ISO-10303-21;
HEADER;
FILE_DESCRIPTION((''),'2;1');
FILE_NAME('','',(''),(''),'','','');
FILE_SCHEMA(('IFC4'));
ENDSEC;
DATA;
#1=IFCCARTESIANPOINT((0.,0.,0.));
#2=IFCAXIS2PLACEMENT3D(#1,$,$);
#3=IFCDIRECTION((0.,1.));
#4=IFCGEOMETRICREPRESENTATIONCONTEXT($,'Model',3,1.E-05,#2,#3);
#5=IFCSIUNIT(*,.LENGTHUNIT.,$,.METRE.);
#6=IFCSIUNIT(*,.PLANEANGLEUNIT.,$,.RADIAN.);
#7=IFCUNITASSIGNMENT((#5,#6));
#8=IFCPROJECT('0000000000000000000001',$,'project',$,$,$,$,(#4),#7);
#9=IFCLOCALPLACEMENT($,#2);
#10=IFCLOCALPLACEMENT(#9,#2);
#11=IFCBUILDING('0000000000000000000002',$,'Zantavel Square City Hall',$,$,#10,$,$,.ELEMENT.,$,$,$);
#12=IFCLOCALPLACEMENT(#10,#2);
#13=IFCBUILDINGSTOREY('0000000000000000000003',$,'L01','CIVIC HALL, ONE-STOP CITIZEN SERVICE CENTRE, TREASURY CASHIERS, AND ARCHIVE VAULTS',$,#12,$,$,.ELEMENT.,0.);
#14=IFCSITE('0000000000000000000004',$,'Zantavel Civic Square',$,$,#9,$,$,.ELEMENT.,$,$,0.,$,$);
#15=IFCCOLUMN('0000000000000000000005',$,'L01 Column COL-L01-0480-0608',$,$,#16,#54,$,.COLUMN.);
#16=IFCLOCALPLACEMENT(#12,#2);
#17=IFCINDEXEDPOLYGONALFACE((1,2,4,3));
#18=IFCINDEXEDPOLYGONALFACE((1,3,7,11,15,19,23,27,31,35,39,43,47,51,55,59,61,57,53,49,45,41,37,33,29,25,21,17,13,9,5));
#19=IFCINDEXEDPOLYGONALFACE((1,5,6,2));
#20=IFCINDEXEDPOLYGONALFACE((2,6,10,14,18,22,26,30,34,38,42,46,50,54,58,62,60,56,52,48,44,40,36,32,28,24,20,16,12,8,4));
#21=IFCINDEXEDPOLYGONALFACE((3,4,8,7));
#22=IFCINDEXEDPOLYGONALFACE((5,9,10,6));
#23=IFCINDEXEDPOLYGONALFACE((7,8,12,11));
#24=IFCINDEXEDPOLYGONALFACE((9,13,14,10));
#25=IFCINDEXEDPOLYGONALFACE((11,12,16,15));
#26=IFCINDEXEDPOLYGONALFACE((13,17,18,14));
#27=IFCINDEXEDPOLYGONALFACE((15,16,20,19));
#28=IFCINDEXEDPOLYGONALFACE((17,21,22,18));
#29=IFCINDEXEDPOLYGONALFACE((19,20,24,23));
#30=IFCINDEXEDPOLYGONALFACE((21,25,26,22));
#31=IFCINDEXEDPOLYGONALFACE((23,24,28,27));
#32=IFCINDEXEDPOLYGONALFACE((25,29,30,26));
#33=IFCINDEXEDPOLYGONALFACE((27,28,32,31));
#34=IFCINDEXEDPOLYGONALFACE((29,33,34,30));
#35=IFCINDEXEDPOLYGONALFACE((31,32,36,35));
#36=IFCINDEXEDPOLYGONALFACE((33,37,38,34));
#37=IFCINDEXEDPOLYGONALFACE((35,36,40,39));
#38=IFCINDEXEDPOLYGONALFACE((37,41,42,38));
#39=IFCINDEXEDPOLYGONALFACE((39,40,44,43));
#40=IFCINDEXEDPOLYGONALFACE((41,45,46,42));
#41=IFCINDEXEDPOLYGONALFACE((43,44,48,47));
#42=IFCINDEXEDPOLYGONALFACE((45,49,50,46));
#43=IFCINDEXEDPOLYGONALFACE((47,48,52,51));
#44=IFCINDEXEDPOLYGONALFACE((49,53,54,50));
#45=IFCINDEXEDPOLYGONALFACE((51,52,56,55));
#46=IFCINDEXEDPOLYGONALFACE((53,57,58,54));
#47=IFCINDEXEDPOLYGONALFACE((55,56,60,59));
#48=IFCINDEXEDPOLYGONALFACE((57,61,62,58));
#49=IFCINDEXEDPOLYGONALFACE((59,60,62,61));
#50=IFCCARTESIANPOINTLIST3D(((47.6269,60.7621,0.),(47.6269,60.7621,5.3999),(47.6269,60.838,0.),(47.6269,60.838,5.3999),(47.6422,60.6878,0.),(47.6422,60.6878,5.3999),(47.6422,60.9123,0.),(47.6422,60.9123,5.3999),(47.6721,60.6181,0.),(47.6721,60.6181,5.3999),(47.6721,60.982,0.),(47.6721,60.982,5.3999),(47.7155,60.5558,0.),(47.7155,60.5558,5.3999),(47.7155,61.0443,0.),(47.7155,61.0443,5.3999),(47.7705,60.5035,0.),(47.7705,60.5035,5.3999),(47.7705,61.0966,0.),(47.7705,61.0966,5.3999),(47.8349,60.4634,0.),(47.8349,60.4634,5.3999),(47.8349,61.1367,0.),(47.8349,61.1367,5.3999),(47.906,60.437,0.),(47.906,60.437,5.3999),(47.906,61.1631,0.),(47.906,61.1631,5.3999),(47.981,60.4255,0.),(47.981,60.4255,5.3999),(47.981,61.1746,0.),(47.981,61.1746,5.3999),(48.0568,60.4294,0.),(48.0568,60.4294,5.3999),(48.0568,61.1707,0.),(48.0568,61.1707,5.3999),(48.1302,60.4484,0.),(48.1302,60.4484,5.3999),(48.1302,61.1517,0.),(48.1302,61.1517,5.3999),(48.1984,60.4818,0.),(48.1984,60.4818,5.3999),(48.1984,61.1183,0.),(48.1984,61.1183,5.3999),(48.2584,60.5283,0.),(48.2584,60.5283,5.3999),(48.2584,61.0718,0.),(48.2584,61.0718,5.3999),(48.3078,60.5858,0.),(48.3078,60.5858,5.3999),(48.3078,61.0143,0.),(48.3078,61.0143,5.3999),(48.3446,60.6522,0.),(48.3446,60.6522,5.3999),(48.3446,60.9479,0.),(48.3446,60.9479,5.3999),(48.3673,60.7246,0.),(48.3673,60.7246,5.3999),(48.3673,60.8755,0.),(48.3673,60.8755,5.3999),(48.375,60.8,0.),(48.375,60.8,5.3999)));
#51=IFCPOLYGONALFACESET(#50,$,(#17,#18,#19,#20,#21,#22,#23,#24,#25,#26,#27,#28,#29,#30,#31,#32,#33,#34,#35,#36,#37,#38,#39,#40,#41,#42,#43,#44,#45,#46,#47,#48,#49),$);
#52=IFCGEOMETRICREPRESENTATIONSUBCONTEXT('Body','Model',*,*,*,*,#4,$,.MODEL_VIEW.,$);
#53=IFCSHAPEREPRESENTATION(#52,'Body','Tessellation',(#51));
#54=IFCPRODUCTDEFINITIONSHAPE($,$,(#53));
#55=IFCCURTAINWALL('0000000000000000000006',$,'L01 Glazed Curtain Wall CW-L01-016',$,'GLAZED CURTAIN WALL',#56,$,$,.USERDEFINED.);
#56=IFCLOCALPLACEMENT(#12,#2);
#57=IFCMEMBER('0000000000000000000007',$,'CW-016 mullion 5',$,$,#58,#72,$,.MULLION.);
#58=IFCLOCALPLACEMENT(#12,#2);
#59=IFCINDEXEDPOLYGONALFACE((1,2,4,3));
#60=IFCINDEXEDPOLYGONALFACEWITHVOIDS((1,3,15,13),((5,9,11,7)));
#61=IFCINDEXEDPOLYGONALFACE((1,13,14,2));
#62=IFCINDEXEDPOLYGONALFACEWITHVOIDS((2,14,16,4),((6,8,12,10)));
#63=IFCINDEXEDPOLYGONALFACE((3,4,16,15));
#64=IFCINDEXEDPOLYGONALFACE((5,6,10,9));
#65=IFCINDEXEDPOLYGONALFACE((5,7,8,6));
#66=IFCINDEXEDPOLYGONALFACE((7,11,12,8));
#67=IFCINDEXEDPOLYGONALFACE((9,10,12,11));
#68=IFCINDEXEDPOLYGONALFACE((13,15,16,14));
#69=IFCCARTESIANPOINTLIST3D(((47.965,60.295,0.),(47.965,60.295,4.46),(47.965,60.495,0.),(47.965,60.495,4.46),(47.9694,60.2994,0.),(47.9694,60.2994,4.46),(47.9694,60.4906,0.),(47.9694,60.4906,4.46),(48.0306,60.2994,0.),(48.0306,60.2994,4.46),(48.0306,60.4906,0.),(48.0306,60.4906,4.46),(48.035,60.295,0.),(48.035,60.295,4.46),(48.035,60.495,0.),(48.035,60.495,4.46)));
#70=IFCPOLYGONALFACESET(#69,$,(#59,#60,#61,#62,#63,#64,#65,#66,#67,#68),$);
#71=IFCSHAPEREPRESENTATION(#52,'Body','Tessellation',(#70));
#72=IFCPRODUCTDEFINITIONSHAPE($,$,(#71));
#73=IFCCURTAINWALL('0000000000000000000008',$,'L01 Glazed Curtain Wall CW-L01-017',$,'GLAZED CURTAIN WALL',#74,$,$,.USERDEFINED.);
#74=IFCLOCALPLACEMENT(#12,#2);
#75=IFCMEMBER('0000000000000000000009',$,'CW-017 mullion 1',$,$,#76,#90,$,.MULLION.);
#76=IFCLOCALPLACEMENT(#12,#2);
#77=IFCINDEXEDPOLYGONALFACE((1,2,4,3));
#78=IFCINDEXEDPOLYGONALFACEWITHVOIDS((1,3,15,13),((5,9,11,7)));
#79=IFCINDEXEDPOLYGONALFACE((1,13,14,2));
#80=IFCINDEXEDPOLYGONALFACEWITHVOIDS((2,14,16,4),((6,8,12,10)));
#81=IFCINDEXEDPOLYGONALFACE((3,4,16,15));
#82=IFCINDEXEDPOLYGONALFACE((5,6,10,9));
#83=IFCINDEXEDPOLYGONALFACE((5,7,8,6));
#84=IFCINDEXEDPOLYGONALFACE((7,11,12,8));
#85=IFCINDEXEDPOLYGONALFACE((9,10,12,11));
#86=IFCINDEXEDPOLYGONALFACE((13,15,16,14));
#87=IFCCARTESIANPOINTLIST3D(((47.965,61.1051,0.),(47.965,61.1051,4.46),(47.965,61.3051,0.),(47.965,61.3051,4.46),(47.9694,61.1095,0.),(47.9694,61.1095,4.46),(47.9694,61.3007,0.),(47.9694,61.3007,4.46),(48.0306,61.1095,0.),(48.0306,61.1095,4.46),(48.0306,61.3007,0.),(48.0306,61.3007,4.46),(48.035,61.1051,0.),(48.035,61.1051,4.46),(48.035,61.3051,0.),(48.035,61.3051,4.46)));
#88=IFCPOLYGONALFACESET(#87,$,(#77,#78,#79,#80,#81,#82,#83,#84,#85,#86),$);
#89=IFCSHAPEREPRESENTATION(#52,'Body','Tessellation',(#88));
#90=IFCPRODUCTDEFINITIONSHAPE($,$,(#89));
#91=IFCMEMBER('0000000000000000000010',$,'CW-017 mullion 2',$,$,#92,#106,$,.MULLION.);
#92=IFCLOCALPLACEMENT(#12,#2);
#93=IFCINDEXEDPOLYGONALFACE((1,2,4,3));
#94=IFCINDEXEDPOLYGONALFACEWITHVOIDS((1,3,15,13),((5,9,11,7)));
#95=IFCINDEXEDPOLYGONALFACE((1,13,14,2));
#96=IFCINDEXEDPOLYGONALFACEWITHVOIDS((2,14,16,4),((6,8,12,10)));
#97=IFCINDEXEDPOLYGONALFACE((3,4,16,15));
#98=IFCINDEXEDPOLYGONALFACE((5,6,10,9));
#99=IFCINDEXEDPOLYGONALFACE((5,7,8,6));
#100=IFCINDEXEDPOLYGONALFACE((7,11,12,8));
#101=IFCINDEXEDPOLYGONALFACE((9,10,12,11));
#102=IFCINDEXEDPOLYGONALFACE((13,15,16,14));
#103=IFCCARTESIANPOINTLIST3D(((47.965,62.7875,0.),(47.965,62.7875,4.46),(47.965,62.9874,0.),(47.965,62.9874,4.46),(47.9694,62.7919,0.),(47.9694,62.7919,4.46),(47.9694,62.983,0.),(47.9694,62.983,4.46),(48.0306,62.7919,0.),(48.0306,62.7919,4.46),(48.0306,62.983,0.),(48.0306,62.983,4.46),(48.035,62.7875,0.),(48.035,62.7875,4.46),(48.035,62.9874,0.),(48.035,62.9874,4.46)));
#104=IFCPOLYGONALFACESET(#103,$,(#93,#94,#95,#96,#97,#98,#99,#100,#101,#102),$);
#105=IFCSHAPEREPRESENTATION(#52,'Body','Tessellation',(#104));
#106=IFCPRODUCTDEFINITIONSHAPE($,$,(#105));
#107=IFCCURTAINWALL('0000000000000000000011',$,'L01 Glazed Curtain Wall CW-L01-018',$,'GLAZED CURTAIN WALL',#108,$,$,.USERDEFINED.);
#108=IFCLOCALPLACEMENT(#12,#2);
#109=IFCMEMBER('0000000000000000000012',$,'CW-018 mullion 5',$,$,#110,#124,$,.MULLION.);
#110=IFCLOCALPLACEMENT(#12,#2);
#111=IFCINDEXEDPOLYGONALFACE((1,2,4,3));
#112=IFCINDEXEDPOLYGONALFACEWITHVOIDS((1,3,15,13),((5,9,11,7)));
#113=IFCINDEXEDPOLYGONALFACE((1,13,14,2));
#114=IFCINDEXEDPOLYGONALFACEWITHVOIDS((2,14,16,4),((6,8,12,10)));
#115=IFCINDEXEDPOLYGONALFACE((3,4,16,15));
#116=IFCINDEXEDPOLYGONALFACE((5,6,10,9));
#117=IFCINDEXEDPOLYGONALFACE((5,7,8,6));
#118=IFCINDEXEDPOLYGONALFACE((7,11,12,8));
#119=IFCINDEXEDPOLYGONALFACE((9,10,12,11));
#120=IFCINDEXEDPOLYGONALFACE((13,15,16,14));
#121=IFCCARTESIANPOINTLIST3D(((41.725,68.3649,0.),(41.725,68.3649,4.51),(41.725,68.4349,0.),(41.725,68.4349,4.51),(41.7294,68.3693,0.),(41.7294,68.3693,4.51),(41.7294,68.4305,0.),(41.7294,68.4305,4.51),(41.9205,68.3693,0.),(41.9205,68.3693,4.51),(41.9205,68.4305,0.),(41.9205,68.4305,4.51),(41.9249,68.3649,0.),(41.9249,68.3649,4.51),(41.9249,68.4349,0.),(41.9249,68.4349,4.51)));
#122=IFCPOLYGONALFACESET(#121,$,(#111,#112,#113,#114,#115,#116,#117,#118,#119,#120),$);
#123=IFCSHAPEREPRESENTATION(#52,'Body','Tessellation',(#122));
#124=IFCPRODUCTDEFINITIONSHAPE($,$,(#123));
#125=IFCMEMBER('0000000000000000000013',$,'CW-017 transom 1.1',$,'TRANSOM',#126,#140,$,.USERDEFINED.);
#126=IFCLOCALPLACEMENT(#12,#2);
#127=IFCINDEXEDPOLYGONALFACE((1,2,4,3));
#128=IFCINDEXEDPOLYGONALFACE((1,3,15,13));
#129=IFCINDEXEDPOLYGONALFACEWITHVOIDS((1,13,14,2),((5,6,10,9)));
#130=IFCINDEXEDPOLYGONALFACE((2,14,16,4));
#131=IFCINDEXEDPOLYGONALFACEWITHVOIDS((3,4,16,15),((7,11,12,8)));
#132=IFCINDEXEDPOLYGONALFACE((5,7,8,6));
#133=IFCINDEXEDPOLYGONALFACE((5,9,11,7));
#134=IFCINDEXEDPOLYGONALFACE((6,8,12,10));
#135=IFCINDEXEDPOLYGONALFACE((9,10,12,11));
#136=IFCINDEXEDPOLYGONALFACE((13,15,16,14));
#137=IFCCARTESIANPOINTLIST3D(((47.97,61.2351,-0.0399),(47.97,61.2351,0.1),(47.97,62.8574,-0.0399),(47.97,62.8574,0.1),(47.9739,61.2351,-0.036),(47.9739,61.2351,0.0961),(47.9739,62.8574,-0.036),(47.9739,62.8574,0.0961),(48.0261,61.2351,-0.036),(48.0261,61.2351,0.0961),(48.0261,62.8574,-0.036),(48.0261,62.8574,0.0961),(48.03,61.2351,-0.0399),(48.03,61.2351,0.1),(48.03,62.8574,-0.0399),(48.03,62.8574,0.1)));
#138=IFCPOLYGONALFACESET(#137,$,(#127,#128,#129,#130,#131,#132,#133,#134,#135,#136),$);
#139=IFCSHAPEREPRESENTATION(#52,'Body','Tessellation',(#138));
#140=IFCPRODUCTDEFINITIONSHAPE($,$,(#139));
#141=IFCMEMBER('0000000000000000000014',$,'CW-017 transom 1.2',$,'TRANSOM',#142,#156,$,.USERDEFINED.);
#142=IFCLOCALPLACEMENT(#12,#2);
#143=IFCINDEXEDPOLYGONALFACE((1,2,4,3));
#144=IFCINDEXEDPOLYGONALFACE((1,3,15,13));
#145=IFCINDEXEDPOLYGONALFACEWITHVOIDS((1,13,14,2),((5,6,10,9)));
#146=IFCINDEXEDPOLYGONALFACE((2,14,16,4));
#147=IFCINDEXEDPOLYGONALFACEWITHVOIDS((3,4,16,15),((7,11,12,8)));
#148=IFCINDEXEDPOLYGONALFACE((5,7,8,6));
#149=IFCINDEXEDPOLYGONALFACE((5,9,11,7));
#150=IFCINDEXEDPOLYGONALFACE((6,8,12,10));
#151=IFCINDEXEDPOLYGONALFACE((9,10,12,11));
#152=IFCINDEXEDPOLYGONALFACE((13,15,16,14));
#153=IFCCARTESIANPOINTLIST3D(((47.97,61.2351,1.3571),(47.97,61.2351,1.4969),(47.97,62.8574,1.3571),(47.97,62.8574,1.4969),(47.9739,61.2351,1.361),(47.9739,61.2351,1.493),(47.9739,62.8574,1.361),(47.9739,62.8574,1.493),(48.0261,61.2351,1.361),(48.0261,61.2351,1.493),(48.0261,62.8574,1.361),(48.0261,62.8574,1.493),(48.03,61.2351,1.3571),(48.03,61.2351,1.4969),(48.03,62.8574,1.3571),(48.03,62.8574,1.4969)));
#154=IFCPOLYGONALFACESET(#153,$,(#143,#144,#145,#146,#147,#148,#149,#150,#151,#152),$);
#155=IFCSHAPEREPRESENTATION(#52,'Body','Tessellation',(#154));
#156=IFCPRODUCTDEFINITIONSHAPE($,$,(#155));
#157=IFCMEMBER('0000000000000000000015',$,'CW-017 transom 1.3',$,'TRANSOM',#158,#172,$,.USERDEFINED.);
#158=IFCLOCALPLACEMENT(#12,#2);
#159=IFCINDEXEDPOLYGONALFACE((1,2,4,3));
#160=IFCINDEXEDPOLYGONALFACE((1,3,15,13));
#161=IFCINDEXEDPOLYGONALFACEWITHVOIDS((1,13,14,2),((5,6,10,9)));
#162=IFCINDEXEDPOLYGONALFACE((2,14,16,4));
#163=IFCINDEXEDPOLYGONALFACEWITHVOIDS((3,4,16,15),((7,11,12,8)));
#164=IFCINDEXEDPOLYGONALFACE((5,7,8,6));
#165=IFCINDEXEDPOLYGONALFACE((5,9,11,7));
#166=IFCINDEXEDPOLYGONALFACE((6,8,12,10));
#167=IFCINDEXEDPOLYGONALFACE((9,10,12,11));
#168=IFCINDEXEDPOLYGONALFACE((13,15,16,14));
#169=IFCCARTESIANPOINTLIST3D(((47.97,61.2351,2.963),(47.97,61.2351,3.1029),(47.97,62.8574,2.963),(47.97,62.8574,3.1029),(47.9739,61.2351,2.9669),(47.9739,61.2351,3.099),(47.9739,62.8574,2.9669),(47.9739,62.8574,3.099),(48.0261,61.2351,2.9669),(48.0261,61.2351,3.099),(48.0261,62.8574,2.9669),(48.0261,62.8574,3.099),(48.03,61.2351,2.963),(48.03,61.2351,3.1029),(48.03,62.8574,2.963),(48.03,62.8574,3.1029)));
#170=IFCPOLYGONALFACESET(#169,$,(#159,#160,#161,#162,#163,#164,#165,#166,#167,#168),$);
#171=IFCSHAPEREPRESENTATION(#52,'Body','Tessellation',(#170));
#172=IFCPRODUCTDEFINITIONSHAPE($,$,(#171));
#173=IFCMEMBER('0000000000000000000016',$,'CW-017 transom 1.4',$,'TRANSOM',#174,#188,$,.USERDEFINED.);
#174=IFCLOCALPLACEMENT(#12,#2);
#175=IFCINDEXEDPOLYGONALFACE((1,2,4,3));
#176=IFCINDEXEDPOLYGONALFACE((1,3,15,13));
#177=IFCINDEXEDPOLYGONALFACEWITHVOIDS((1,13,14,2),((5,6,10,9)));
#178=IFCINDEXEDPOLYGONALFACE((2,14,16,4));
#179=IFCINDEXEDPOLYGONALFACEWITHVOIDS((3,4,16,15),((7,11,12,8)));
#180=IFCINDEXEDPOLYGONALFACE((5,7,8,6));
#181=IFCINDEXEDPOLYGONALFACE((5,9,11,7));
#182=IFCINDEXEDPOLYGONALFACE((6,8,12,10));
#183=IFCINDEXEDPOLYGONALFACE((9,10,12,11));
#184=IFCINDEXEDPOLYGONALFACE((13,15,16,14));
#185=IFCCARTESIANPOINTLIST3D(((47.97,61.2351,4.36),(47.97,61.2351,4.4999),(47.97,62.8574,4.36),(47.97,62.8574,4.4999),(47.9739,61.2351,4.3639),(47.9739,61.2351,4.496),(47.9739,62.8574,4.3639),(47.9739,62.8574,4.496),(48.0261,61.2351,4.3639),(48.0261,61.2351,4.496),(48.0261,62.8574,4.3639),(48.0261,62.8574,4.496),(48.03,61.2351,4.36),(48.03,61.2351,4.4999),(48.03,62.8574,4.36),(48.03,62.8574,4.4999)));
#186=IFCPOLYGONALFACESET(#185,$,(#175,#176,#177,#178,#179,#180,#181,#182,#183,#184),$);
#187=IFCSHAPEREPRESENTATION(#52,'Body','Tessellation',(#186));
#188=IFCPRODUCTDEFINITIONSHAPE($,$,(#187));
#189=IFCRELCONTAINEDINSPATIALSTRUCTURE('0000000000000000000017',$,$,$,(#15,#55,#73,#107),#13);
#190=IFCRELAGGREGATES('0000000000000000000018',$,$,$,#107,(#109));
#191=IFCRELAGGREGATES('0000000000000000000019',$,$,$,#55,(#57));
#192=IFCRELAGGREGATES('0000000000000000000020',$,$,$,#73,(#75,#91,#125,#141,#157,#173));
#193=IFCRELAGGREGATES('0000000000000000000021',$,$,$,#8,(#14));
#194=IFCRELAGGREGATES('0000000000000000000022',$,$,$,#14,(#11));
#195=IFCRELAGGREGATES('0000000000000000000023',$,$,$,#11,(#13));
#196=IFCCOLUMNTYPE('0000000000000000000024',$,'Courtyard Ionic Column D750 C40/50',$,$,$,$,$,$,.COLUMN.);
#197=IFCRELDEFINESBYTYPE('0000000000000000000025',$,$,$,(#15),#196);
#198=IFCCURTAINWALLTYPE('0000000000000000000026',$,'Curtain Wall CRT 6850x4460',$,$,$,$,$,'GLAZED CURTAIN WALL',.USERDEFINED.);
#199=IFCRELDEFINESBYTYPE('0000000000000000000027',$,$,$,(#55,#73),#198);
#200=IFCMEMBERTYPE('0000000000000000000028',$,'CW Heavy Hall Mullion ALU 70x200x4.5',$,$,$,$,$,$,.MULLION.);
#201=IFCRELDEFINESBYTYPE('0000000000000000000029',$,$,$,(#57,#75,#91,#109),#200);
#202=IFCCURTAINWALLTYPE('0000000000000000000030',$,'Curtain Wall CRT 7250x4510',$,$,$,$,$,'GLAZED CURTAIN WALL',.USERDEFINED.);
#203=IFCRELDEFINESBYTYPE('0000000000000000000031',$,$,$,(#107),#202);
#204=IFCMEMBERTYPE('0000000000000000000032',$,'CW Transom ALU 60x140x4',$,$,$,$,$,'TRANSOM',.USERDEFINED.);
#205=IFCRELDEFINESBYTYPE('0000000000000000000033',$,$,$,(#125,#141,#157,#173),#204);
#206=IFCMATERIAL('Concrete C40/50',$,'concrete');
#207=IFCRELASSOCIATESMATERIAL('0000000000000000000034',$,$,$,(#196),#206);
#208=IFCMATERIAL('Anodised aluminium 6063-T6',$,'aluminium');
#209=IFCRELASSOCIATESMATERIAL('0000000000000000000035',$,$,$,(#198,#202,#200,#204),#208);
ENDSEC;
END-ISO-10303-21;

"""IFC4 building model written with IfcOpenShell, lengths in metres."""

from ifc_helpers import new_model, si_unit, direction, frame, origin, origin_2d, place, context, subcontext, project, spatial, hollow_rectangle, circle, extrude, material, material_profile, profile_set, type_object, element, aggregate, save


model = new_model("IFC4")

# Units and contexts
model_context = context("Model", 3, precision=1e-05, world=origin(), true_north=direction((0.0, 1.0)))
body_context = subcontext(model_context, "Body", "Model", "MODEL_VIEW")
ifc_project = project(units=[si_unit("LENGTHUNIT", "METRE"), si_unit("PLANEANGLEUNIT", "RADIAN")], contexts=[model_context])

# Site, building, storey
site_placement = place(None, origin())
site = spatial("IfcSite", under=ifc_project, at=site_placement, Name="Zantavel Civic Square", CompositionType="ELEMENT", RefElevation=0.0)
building_placement = place(site_placement, origin())
building = spatial("IfcBuilding", under=site, at=building_placement, Name="Zantavel Square City Hall", CompositionType="ELEMENT")
storey_placement = place(building_placement, origin())
storey = spatial("IfcBuildingStorey", under=building, at=storey_placement, Name="L01", Description="CIVIC HALL, ONE-STOP CITIZEN SERVICE CENTRE, TREASURY CASHIERS, AND ARCHIVE VAULTS", CompositionType="ELEMENT", Elevation=0.0)

# Column
ifc_material_1 = material(Name="Concrete C40/50", Category="concrete")
ifc_material_profile_1 = material_profile(ifc_material_1, circle(Radius=0.375, at=origin_2d()), Name="ROUND D750")
ifc_profile_set_1 = profile_set([ifc_material_profile_1], Name="Concrete C40/50")
column_type = type_object("IfcColumnType", Name="Courtyard Ionic Column D750 C40/50", PredefinedType="COLUMN", material=ifc_profile_set_1)
column_placement = place(storey_placement, frame((48.0, 60.8, 0.0), z_axis=(0.0, 0.0, 1.0), x_axis=(1.0, 0.0, 0.0)))
element("IfcColumn", 1, at=column_placement, inside=storey, type_object=column_type, Name="L01 Column COL-L01-0480-0608", PredefinedType="COLUMN", context=body_context, shape_type="SweptSolid", body=[
    extrude(circle(Radius=0.375, at=origin_2d()), origin(), (0.0, 0.0, 1.0), 5.3999),
])

# Curtain wall, member
ifc_material_2 = material(Name="Anodised aluminium 6063-T6", Category="aluminium")
curtain_wall_type_1 = type_object("IfcCurtainWallType", Name="Curtain Wall CRT 6850x4460", ElementType="GLAZED CURTAIN WALL", PredefinedType="USERDEFINED", material=ifc_material_2)
curtain_wall_1_placement = place(storey_placement, origin())
curtain_wall_1 = element("IfcCurtainWall", 2, at=curtain_wall_1_placement, inside=storey, type_object=curtain_wall_type_1, Name="L01 Glazed Curtain Wall CW-L01-016", ObjectType="GLAZED CURTAIN WALL", PredefinedType="USERDEFINED")
ifc_material_profile_2 = material_profile(ifc_material_2, hollow_rectangle(XDim=0.0701, YDim=0.2, WallThickness=0.0044, at=origin_2d()), Name="ALU 70x200x4.5")
ifc_profile_set_2 = profile_set([ifc_material_profile_2], Name="Anodised aluminium 6063-T6")
member_type_1 = type_object("IfcMemberType", Name="CW Heavy Hall Mullion ALU 70x200x4.5", PredefinedType="MULLION", material=ifc_profile_set_2)
member_1_placement = place(storey_placement, frame((48.0, 60.395, 0.0), z_axis=(0.0, 0.0, 1.0), x_axis=(-1.0, 0.0, 0.0)))
member_1 = element("IfcMember", 3, at=member_1_placement, type_object=member_type_1, Name="CW-016 mullion 5", PredefinedType="MULLION", context=body_context, shape_type="SweptSolid", body=[
    extrude(hollow_rectangle(XDim=0.0701, YDim=0.2, WallThickness=0.0044, at=origin_2d()), origin(), (0.0, 0.0, 1.0), 4.46),
])

# Curtain wall, members
curtain_wall_2_placement = place(storey_placement, origin())
curtain_wall_2 = element("IfcCurtainWall", 4, at=curtain_wall_2_placement, inside=storey, type_object=curtain_wall_type_1, Name="L01 Glazed Curtain Wall CW-L01-017", ObjectType="GLAZED CURTAIN WALL", PredefinedType="USERDEFINED")
member_2_placement = place(storey_placement, frame((48.0, 61.2051, 0.0), z_axis=(0.0, 0.0, 1.0), x_axis=(-1.0, 0.0, 0.0)))
member_2 = element("IfcMember", 5, at=member_2_placement, type_object=member_type_1, Name="CW-017 mullion 1", PredefinedType="MULLION", context=body_context, shape_type="SweptSolid", body=[
    extrude(hollow_rectangle(XDim=0.0701, YDim=0.2, WallThickness=0.0044, at=origin_2d()), origin(), (0.0, 0.0, 1.0), 4.46),
])
member_3_placement = place(storey_placement, frame((48.0, 62.8875, 0.0), z_axis=(0.0, 0.0, 1.0), x_axis=(-1.0, 0.0, 0.0)))
member_3 = element("IfcMember", 6, at=member_3_placement, type_object=member_type_1, Name="CW-017 mullion 2", PredefinedType="MULLION", context=body_context, shape_type="SweptSolid", body=[
    extrude(hollow_rectangle(XDim=0.0701, YDim=0.2, WallThickness=0.0044, at=origin_2d()), origin(), (0.0, 0.0, 1.0), 4.46),
])

# Curtain wall, member
curtain_wall_type_2 = type_object("IfcCurtainWallType", Name="Curtain Wall CRT 7250x4510", ElementType="GLAZED CURTAIN WALL", PredefinedType="USERDEFINED", material=ifc_material_2)
curtain_wall_3_placement = place(storey_placement, origin())
curtain_wall_3 = element("IfcCurtainWall", 7, at=curtain_wall_3_placement, inside=storey, type_object=curtain_wall_type_2, Name="L01 Glazed Curtain Wall CW-L01-018", ObjectType="GLAZED CURTAIN WALL", PredefinedType="USERDEFINED")
member_4_placement = place(storey_placement, frame((41.825, 68.3999, 0.0), z_axis=(0.0, 0.0, 1.0), x_axis=(0.0, -1.0, 0.0)))
member_4 = element("IfcMember", 8, at=member_4_placement, type_object=member_type_1, Name="CW-018 mullion 5", PredefinedType="MULLION", context=body_context, shape_type="SweptSolid", body=[
    extrude(hollow_rectangle(XDim=0.0701, YDim=0.2, WallThickness=0.0044, at=origin_2d()), origin(), (0.0, 0.0, 1.0), 4.51),
])

# Members
ifc_material_profile_3 = material_profile(ifc_material_2, hollow_rectangle(XDim=0.0601, YDim=0.1399, WallThickness=0.0039, at=origin_2d()), Name="ALU 60x140x4")
ifc_profile_set_3 = profile_set([ifc_material_profile_3], Name="Anodised aluminium 6063-T6")
member_type_2 = type_object("IfcMemberType", Name="CW Transom ALU 60x140x4", ElementType="TRANSOM", PredefinedType="USERDEFINED", material=ifc_profile_set_3)
member_5_placement = place(storey_placement, frame((48.0, 61.2351, 0.03), z_axis=(0.0, 1.0, 0.0), x_axis=(-1.0, 0.0, 0.0)))
member_5 = element("IfcMember", 9, at=member_5_placement, type_object=member_type_2, Name="CW-017 transom 1.1", ObjectType="TRANSOM", PredefinedType="USERDEFINED", context=body_context, shape_type="SweptSolid", body=[
    extrude(hollow_rectangle(XDim=0.0601, YDim=0.1399, WallThickness=0.0039, at=origin_2d()), origin(), (0.0, 0.0, 1.0), 1.6223),
])
member_6_placement = place(storey_placement, frame((48.0, 61.2351, 1.427), z_axis=(0.0, 1.0, 0.0), x_axis=(-1.0, 0.0, 0.0)))
member_6 = element("IfcMember", 10, at=member_6_placement, type_object=member_type_2, Name="CW-017 transom 1.2", ObjectType="TRANSOM", PredefinedType="USERDEFINED", context=body_context, shape_type="SweptSolid", body=[
    extrude(hollow_rectangle(XDim=0.0601, YDim=0.1399, WallThickness=0.0039, at=origin_2d()), origin(), (0.0, 0.0, 1.0), 1.6223),
])
member_7_placement = place(storey_placement, frame((48.0, 61.2351, 3.033), z_axis=(0.0, 1.0, 0.0), x_axis=(-1.0, 0.0, 0.0)))
member_7 = element("IfcMember", 11, at=member_7_placement, type_object=member_type_2, Name="CW-017 transom 1.3", ObjectType="TRANSOM", PredefinedType="USERDEFINED", context=body_context, shape_type="SweptSolid", body=[
    extrude(hollow_rectangle(XDim=0.0601, YDim=0.1399, WallThickness=0.0039, at=origin_2d()), origin(), (0.0, 0.0, 1.0), 1.6223),
])
member_8_placement = place(storey_placement, frame((48.0, 61.2351, 4.4299), z_axis=(0.0, 1.0, 0.0), x_axis=(-1.0, 0.0, 0.0)))
member_8 = element("IfcMember", 12, at=member_8_placement, type_object=member_type_2, Name="CW-017 transom 1.4", ObjectType="TRANSOM", PredefinedType="USERDEFINED", context=body_context, shape_type="SweptSolid", body=[
    extrude(hollow_rectangle(XDim=0.0601, YDim=0.1399, WallThickness=0.0039, at=origin_2d()), origin(), (0.0, 0.0, 1.0), 1.6223),
])

aggregate(curtain_wall_3, [member_4])
aggregate(curtain_wall_1, [member_1])
aggregate(curtain_wall_2, [member_2, member_3, member_5, member_6, member_7, member_8])

save(model, "model.ifc")
